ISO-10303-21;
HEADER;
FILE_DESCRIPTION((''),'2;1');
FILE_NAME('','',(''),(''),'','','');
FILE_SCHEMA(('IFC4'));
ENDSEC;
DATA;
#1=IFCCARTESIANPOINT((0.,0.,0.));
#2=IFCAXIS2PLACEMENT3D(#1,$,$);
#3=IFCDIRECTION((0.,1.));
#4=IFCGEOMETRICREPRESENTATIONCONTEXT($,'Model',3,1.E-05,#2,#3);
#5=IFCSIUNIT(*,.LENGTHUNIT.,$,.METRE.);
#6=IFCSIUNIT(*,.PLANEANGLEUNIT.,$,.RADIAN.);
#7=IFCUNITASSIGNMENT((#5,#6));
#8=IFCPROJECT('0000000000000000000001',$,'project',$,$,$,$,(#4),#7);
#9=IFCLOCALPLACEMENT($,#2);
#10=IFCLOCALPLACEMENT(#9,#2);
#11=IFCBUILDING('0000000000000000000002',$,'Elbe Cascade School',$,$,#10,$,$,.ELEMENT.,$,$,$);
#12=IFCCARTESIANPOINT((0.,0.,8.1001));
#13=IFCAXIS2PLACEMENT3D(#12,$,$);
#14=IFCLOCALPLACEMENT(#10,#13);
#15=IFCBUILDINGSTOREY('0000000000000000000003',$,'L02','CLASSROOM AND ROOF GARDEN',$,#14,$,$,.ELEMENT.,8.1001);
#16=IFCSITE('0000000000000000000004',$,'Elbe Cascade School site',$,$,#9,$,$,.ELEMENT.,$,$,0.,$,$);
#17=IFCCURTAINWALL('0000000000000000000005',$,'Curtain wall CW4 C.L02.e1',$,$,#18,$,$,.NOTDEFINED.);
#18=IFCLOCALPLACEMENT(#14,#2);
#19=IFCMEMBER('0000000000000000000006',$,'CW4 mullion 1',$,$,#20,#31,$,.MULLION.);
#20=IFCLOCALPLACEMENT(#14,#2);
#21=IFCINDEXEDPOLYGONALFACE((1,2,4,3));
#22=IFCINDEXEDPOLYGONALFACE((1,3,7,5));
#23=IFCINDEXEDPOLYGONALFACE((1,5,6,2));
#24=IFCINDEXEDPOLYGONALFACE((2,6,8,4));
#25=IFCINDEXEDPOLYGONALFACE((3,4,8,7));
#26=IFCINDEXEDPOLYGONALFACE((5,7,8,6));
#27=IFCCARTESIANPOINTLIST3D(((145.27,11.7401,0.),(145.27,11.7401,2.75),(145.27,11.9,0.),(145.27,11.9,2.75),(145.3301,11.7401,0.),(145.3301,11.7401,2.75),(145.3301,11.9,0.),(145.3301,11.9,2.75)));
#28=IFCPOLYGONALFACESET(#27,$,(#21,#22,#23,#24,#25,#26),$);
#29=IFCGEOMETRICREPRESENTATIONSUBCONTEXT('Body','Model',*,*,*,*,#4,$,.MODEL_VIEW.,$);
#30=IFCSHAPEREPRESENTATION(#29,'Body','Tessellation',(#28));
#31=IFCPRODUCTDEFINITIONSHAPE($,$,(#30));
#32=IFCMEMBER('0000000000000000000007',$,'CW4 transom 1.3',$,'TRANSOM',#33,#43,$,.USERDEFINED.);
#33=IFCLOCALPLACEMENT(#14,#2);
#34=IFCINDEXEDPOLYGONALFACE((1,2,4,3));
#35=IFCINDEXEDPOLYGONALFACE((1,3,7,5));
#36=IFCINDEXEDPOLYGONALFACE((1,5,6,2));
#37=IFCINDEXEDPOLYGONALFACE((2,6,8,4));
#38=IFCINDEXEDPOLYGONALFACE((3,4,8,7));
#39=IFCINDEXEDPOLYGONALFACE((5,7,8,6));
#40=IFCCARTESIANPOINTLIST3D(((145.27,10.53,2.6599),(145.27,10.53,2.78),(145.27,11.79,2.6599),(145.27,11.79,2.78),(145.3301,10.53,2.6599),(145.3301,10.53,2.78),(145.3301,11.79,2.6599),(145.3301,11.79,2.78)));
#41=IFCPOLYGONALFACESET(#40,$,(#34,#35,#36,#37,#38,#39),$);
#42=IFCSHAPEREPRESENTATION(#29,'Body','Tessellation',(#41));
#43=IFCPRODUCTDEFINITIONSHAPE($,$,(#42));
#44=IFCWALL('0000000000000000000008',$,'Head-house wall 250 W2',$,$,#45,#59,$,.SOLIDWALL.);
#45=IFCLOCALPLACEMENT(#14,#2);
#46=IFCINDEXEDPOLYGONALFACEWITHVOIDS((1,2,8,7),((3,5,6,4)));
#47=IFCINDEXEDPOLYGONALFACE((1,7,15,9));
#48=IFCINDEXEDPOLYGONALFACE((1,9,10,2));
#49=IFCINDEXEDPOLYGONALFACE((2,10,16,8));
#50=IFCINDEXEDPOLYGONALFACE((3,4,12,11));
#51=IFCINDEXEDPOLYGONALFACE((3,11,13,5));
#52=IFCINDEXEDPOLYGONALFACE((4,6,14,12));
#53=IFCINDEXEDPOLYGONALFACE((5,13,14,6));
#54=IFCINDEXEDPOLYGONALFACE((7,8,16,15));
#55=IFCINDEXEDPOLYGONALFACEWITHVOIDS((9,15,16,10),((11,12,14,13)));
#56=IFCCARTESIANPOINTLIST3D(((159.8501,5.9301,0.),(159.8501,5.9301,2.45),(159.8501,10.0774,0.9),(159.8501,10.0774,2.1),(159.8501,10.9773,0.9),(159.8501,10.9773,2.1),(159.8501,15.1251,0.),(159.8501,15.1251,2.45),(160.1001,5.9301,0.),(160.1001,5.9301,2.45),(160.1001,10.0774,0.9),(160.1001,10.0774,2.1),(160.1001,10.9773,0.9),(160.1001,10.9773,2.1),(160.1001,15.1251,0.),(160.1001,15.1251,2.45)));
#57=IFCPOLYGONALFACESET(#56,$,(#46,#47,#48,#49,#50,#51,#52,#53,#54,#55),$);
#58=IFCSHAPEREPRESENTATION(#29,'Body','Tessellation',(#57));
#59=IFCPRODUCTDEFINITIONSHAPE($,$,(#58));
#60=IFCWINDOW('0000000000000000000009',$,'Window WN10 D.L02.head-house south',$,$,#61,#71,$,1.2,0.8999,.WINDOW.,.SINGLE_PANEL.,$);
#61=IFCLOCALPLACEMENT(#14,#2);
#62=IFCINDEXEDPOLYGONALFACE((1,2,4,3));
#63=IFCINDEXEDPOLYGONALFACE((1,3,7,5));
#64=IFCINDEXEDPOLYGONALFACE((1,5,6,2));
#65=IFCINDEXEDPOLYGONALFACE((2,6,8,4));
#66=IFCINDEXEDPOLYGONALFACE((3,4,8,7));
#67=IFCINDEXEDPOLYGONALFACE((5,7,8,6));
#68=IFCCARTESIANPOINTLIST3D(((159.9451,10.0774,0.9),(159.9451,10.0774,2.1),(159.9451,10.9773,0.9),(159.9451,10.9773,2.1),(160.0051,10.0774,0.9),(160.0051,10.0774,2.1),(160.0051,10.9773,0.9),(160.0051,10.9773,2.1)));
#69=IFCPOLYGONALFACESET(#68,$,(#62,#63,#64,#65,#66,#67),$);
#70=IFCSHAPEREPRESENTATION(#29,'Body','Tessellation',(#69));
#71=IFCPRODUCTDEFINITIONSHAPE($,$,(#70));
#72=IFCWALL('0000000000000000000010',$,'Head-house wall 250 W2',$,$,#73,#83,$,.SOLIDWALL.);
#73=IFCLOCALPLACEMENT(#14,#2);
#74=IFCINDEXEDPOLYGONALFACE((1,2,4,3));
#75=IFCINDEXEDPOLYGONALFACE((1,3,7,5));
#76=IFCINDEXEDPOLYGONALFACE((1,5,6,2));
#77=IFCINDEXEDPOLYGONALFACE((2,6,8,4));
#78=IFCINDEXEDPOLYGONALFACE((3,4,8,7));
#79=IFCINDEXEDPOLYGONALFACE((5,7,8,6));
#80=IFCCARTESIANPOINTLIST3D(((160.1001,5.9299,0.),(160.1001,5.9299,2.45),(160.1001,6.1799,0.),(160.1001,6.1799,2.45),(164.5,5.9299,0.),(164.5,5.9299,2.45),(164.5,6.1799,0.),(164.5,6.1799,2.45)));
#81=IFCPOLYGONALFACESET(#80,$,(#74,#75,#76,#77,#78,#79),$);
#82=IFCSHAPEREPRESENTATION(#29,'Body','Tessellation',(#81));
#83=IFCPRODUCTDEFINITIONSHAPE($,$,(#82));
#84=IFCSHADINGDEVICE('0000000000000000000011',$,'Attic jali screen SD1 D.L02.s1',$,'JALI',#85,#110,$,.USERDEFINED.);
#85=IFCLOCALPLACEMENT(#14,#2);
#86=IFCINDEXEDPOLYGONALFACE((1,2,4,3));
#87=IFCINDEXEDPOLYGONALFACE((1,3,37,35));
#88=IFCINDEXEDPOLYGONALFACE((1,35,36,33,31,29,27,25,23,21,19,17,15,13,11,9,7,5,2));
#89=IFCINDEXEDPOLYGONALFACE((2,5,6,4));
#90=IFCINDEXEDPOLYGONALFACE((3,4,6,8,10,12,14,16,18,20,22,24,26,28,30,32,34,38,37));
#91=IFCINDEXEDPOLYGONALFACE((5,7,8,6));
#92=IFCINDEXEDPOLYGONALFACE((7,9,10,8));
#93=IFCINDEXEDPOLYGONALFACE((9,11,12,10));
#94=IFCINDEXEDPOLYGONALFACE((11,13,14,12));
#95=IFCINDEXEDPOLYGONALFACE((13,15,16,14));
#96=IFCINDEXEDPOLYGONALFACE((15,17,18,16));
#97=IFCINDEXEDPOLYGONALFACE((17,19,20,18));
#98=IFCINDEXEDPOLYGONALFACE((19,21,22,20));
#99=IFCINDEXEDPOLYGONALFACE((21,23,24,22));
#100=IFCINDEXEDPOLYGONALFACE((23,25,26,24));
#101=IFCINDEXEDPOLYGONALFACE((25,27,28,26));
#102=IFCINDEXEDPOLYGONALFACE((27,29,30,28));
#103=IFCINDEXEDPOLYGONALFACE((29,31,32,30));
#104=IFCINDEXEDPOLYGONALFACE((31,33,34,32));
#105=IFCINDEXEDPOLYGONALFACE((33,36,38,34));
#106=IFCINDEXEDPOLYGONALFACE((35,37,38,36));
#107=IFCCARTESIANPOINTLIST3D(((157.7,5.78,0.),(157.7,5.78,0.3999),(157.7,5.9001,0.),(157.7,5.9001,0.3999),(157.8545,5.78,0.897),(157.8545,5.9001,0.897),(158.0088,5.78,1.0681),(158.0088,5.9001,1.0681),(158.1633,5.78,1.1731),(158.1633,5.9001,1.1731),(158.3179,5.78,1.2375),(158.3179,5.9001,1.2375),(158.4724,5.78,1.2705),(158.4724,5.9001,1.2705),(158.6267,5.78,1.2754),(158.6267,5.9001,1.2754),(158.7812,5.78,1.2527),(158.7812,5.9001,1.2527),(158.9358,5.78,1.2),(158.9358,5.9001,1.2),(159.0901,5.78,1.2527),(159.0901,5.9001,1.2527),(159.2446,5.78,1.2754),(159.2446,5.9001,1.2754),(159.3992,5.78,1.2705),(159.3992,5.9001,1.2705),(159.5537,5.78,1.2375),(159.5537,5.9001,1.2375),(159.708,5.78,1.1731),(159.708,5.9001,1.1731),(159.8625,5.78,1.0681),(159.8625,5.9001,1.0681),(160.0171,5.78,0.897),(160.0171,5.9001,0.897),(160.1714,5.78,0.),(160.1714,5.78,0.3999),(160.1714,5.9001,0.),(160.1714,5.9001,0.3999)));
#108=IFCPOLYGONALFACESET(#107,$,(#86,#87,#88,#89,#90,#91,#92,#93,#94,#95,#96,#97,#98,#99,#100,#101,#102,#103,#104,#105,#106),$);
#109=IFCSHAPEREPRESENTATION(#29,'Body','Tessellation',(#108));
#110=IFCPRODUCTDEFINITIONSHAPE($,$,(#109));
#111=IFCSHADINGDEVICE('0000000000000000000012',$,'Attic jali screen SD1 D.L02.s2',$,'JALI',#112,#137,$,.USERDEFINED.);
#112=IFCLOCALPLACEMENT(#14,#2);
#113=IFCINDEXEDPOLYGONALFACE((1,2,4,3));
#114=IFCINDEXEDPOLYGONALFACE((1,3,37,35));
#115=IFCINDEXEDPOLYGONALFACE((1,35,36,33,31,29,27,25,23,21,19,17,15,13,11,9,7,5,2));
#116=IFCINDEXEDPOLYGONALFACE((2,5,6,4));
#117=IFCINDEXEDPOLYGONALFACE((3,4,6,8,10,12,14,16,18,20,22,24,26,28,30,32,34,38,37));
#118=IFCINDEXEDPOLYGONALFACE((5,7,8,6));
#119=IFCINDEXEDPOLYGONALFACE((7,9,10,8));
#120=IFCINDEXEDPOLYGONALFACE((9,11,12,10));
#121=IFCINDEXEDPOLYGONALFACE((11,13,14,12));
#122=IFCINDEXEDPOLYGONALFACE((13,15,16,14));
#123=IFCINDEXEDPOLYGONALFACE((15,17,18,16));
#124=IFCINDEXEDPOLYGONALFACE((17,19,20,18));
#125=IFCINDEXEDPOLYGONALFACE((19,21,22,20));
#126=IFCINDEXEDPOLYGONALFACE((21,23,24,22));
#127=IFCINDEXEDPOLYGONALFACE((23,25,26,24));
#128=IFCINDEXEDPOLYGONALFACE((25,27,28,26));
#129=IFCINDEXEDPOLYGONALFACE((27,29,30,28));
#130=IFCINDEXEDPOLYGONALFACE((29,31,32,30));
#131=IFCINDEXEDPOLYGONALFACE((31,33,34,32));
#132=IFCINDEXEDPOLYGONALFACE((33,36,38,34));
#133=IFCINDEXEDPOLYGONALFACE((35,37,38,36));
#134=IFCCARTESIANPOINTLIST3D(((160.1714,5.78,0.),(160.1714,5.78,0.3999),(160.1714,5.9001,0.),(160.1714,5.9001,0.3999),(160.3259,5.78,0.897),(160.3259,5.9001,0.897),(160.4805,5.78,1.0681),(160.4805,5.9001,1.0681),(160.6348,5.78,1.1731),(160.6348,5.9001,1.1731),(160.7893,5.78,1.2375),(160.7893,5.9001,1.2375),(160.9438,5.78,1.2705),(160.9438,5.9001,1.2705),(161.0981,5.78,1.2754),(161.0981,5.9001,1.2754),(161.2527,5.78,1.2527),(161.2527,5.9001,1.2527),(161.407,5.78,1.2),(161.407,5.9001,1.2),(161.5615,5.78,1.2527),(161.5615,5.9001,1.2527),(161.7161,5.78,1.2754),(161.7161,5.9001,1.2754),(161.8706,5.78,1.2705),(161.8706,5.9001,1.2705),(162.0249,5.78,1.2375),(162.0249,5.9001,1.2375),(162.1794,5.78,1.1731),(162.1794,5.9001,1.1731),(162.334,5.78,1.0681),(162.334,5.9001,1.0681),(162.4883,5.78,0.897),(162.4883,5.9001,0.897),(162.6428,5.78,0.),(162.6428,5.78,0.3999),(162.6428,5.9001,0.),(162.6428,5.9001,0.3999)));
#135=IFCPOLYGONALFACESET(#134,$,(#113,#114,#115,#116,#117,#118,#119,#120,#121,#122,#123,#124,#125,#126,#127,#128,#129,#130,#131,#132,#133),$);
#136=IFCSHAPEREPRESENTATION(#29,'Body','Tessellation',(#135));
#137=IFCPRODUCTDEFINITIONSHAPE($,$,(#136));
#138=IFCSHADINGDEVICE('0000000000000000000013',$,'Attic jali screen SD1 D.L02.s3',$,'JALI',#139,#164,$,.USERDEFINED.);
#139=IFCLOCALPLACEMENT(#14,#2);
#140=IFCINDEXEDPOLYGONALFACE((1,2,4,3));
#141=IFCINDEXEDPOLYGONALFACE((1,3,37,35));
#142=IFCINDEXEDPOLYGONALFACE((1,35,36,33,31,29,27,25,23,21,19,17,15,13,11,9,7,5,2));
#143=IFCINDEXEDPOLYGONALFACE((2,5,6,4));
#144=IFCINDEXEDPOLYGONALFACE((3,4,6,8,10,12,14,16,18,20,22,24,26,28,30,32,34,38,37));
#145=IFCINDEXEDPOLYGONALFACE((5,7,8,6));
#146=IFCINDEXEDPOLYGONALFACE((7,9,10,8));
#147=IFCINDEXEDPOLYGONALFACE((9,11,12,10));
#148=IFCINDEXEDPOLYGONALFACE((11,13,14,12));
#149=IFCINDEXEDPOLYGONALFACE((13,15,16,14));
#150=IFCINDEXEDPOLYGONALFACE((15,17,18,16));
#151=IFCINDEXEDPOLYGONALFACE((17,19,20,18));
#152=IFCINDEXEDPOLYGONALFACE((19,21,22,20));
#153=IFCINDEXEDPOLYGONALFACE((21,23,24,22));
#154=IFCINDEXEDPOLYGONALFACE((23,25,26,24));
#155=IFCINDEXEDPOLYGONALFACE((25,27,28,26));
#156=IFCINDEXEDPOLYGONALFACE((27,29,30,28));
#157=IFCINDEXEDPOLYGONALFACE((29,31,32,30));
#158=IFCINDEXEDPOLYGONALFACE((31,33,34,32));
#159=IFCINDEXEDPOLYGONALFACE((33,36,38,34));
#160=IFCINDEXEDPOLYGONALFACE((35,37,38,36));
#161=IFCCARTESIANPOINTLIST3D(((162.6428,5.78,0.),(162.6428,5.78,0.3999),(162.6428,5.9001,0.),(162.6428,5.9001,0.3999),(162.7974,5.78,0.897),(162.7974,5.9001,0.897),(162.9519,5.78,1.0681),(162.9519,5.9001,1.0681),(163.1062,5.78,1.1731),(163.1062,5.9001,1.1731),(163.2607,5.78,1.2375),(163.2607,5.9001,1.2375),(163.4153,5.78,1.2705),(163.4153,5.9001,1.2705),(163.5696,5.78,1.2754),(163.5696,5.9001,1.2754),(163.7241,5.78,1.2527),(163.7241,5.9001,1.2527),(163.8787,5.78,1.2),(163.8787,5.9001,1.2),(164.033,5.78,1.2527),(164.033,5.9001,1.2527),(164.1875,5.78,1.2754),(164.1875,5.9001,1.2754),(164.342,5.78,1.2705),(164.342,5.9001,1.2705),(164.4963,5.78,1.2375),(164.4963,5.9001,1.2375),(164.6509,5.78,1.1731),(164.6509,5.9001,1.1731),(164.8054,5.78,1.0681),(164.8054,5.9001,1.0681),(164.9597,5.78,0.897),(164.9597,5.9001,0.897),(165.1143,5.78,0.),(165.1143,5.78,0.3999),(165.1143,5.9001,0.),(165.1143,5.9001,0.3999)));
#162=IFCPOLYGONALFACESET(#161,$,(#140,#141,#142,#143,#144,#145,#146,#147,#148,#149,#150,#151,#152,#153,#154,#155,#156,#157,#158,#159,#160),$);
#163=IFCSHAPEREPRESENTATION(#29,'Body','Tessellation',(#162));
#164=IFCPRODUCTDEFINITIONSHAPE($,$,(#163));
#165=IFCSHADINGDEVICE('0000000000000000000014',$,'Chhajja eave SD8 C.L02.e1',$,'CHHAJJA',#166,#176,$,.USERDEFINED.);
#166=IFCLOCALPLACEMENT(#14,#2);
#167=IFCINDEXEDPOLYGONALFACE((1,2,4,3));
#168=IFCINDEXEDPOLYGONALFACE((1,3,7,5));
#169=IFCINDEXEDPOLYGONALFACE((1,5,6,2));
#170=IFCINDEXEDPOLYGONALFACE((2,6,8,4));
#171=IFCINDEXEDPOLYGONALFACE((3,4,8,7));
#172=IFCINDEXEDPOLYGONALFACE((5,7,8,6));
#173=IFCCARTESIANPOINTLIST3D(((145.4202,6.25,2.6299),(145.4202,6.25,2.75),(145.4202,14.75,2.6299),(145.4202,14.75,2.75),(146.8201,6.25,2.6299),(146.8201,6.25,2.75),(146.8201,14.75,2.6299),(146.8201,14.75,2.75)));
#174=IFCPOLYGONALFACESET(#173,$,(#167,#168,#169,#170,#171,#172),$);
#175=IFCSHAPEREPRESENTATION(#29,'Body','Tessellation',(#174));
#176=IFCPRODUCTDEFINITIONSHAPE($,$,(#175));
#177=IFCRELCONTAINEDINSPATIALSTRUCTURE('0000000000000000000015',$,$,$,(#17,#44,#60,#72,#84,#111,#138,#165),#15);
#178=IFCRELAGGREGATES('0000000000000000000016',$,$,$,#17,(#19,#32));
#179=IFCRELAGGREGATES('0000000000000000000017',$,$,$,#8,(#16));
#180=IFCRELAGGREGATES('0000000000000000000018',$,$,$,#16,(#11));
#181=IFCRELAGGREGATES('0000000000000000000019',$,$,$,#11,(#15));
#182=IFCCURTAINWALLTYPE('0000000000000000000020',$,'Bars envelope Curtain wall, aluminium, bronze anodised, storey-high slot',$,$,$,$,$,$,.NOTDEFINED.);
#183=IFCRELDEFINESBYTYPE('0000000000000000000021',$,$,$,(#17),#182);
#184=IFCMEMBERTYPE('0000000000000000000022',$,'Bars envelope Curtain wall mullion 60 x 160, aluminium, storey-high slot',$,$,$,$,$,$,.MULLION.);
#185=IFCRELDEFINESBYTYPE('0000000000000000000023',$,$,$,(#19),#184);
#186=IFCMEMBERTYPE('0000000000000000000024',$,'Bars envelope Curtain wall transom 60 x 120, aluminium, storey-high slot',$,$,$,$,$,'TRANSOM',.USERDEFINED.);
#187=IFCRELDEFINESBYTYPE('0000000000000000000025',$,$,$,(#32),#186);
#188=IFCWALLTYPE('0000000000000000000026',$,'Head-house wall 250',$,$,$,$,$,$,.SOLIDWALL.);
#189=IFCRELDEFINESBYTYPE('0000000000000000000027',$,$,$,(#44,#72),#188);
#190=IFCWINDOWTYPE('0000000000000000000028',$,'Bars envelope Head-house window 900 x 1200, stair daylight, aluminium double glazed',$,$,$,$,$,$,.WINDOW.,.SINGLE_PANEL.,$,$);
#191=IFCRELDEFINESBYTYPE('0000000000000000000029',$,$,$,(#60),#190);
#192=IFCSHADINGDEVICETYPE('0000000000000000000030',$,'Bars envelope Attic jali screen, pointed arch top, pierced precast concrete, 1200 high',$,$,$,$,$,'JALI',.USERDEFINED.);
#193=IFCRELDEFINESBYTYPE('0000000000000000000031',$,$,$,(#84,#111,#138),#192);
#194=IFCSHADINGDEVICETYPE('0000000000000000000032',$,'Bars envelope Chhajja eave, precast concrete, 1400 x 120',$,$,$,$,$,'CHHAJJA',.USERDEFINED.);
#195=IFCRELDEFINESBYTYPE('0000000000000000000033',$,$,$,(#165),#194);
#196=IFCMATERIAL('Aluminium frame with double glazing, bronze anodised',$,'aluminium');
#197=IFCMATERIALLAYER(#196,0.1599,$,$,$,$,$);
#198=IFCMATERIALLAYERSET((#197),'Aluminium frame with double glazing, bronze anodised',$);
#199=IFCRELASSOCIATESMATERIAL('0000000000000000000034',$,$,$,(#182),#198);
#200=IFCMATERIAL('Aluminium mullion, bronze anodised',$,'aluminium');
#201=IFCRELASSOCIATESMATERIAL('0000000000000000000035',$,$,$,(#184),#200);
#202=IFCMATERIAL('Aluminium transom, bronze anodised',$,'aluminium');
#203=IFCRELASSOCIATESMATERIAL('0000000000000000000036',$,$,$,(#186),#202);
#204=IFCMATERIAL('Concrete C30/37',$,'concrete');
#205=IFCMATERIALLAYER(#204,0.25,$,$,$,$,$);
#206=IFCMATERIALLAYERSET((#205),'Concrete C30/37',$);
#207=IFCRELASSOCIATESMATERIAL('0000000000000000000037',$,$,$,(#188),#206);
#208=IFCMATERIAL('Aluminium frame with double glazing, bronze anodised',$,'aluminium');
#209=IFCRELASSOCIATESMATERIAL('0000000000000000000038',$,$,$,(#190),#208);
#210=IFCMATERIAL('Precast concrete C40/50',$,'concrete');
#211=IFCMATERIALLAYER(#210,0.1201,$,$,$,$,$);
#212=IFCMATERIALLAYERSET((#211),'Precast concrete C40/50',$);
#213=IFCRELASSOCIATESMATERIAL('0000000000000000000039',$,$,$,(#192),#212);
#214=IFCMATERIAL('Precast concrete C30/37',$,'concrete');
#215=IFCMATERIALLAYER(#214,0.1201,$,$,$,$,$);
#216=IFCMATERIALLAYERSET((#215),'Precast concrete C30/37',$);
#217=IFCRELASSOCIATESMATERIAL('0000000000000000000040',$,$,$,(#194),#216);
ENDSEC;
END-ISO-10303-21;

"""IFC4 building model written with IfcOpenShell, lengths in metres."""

from ifc_helpers import new_model, si_unit, direction, frame, frame_2d, origin, origin_2d, place, context, subcontext, project, spatial, polyline, rectangle, outline, extrude, material, layer, layer_set, material_profile, profile_set, type_object, element, fill, aggregate, save


model = new_model("IFC4")

# Units and contexts
model_context = context("Model", 3, precision=1e-05, world=origin(), true_north=direction((0.0, 1.0)))
body_context = subcontext(model_context, "Body", "Model", "MODEL_VIEW")
ifc_project = project(units=[si_unit("LENGTHUNIT", "METRE"), si_unit("PLANEANGLEUNIT", "RADIAN")], contexts=[model_context])

# Site, building, storey
site_placement = place(None, origin())
site = spatial("IfcSite", under=ifc_project, at=site_placement, Name="Elbe Cascade School site", CompositionType="ELEMENT", RefElevation=0.0)
building_placement = place(site_placement, origin())
building = spatial("IfcBuilding", under=site, at=building_placement, Name="Elbe Cascade School", CompositionType="ELEMENT")
storey_placement = place(building_placement, frame((0.0, 0.0, 8.1001)))
storey = spatial("IfcBuildingStorey", under=building, at=storey_placement, Name="L02", Description="CLASSROOM AND ROOF GARDEN", CompositionType="ELEMENT", Elevation=8.1001)

# Curtain wall, members
ifc_material_1 = material(Name="Aluminium frame with double glazing, bronze anodised", Category="aluminium")
ifc_layer_1 = layer(ifc_material_1, 0.1599)
ifc_layer_set_1 = layer_set([ifc_layer_1], Name="Aluminium frame with double glazing, bronze anodised")
curtain_wall_type = type_object("IfcCurtainWallType", Name="Bars envelope Curtain wall, aluminium, bronze anodised, storey-high slot", PredefinedType="NOTDEFINED", material=ifc_layer_set_1)
curtain_wall_placement = place(storey_placement, origin())
curtain_wall = element("IfcCurtainWall", 1, at=curtain_wall_placement, inside=storey, type_object=curtain_wall_type, Name="Curtain wall CW4 C.L02.e1", PredefinedType="NOTDEFINED")
ifc_material_2 = material(Name="Aluminium mullion, bronze anodised", Category="aluminium")
ifc_material_profile_1 = material_profile(ifc_material_2, rectangle(XDim=0.0601, YDim=0.1599, at=origin_2d()), Name="Bars envelope Curtain wall mullion 60 x 160, aluminium, storey-high slot")
ifc_profile_set_1 = profile_set([ifc_material_profile_1], Name="Aluminium mullion, bronze anodised")
member_type_1 = type_object("IfcMemberType", Name="Bars envelope Curtain wall mullion 60 x 160, aluminium, storey-high slot", PredefinedType="MULLION", material=ifc_profile_set_1)
member_1_placement = place(storey_placement, frame((145.3, 11.8201, 0.0), z_axis=(0.0, 0.0, 1.0), x_axis=(1.0, 0.0, 0.0)))
member_1 = element("IfcMember", 2, at=member_1_placement, type_object=member_type_1, Name="CW4 mullion 1", PredefinedType="MULLION", context=body_context, shape_type="SweptSolid", body=[
    extrude(rectangle(XDim=0.0601, YDim=0.1599, at=origin_2d()), origin(), (0.0, 0.0, 1.0), 2.75),
])
ifc_material_3 = material(Name="Aluminium transom, bronze anodised", Category="aluminium")
ifc_material_profile_2 = material_profile(ifc_material_3, rectangle(XDim=0.0601, YDim=0.1201, at=origin_2d()), Name="Bars envelope Curtain wall transom 60 x 120, aluminium, storey-high slot")
ifc_profile_set_2 = profile_set([ifc_material_profile_2], Name="Aluminium transom, bronze anodised")
member_type_2 = type_object("IfcMemberType", Name="Bars envelope Curtain wall transom 60 x 120, aluminium, storey-high slot", ElementType="TRANSOM", PredefinedType="USERDEFINED", material=ifc_profile_set_2)
member_2_placement = place(storey_placement, frame((145.3, 11.79, 2.72), z_axis=(0.0, -1.0, 0.0), x_axis=(1.0, 0.0, 0.0)))
member_2 = element("IfcMember", 3, at=member_2_placement, type_object=member_type_2, Name="CW4 transom 1.3", ObjectType="TRANSOM", PredefinedType="USERDEFINED", context=body_context, shape_type="SweptSolid", body=[
    extrude(rectangle(XDim=0.0601, YDim=0.1201, at=origin_2d()), origin(), (0.0, 0.0, 1.0), 1.26),
])
aggregate(curtain_wall, [member_1, member_2])

# Wall, opening, window
ifc_material_4 = material(Name="Concrete C30/37", Category="concrete")
ifc_layer_2 = layer(ifc_material_4, 0.25)
ifc_layer_set_2 = layer_set([ifc_layer_2], Name="Concrete C30/37")
wall_type = type_object("IfcWallType", Name="Head-house wall 250", PredefinedType="SOLIDWALL", material=ifc_layer_set_2)
wall_1_placement = place(storey_placement, frame((159.9751, 5.9299, 0.0), z_axis=(0.0, 0.0, 1.0), x_axis=(0.0, 1.0, 0.0)))
wall_1 = element("IfcWall", 4, at=wall_1_placement, inside=storey, type_object=wall_type, Name="Head-house wall 250 W2", PredefinedType="SOLIDWALL", context=body_context, shape_type="SweptSolid", body=[
    extrude(rectangle(XDim=9.1951, YDim=0.25, at=frame_2d((4.5977, 0.0))), origin(), (0.0, 0.0, 1.0), 2.45),
])
opening_placement = place(wall_1_placement, frame((4.1475, 0.0, 0.8999)))
opening = element("IfcOpeningElement", 5, at=opening_placement, cuts=wall_1, PredefinedType="OPENING", context=body_context, shape_type="SweptSolid", body=[
    extrude(rectangle(XDim=0.8999, YDim=1.2, at=frame_2d((0.45, 0.6001))), frame((0.0, 0.135, 0.0), z_axis=(0.0, -1.0, 0.0), x_axis=(1.0, 0.0, 0.0)), (0.0, 0.0, 1.0), 0.27),
])
ifc_material_5 = material(Name="Aluminium frame with double glazing, bronze anodised", Category="aluminium")
window_type = type_object("IfcWindowType", Name="Bars envelope Head-house window 900 x 1200, stair daylight, aluminium double glazed", PartitioningType="SINGLE_PANEL", PredefinedType="WINDOW", material=ifc_material_5)
window_placement = place(opening_placement, origin())
window = element("IfcWindow", 6, at=window_placement, inside=storey, type_object=window_type, Name="Window WN10 D.L02.head-house south", OverallHeight=1.2, OverallWidth=0.8999, PartitioningType="SINGLE_PANEL", PredefinedType="WINDOW", context=body_context, shape_type="SweptSolid", body=[
    extrude(rectangle(XDim=0.8999, YDim=1.2, at=frame_2d((0.45, 0.6001))), frame((0.0, 0.03, 0.0), z_axis=(0.0, -1.0, 0.0), x_axis=(1.0, 0.0, 0.0)), (0.0, 0.0, 1.0), 0.0601),
])
fill(opening, window)

# Wall
wall_2_placement = place(storey_placement, frame((160.1001, 6.0549, 0.0), z_axis=(0.0, 0.0, 1.0), x_axis=(1.0, 0.0, 0.0)))
element("IfcWall", 7, at=wall_2_placement, inside=storey, type_object=wall_type, Name="Head-house wall 250 W2", PredefinedType="SOLIDWALL", context=body_context, shape_type="SweptSolid", body=[
    extrude(rectangle(XDim=4.3999, YDim=0.25, at=frame_2d((2.2, 0.0))), origin(), (0.0, 0.0, 1.0), 2.45),
])

# Shading devices
ifc_material_6 = material(Name="Precast concrete C40/50", Category="concrete")
ifc_layer_3 = layer(ifc_material_6, 0.1201)
ifc_layer_set_3 = layer_set([ifc_layer_3], Name="Precast concrete C40/50")
shading_device_type_1 = type_object("IfcShadingDeviceType", Name="Bars envelope Attic jali screen, pointed arch top, pierced precast concrete, 1200 high", ElementType="JALI", PredefinedType="USERDEFINED", material=ifc_layer_set_3)
shading_device_1_placement = place(storey_placement, frame((157.7, 5.78, 0.0), z_axis=(0.0, -1.0, 0.0), x_axis=(1.0, 0.0, 0.0)))
element("IfcShadingDevice", 8, at=shading_device_1_placement, inside=storey, type_object=shading_device_type_1, Name="Attic jali screen SD1 D.L02.s1", ObjectType="JALI", PredefinedType="USERDEFINED", context=body_context, shape_type="SweptSolid", body=[
    extrude(outline(polyline([(0.0, 0.0), (2.4714, 0.0), (2.4714, 0.3999), (2.3171, 0.897), (2.1626, 1.0681), (2.0081, 1.1731), (1.8538, 1.2375), (1.6992, 1.2705), (1.5447, 1.2754), (1.3901, 1.2527), (1.2358, 1.2), (1.0813, 1.2527), (0.9268, 1.2754), (0.7725, 1.2705), (0.6179, 1.2375), (0.4634, 1.1731), (0.3088, 1.0681), (0.1545, 0.897), (0.0, 0.3999), (0.0, 0.0)])), origin(), (0.0, 0.0, -1.0), 0.1201),
])
shading_device_2_placement = place(storey_placement, frame((160.1714, 5.78, 0.0), z_axis=(0.0, -1.0, 0.0), x_axis=(1.0, 0.0, 0.0)))
element("IfcShadingDevice", 9, at=shading_device_2_placement, inside=storey, type_object=shading_device_type_1, Name="Attic jali screen SD1 D.L02.s2", ObjectType="JALI", PredefinedType="USERDEFINED", context=body_context, shape_type="SweptSolid", body=[
    extrude(outline(polyline([(0.0, 0.0), (2.4714, 0.0), (2.4714, 0.3999), (2.3169, 0.897), (2.1626, 1.0681), (2.0081, 1.1731), (1.8535, 1.2375), (1.6992, 1.2705), (1.5447, 1.2754), (1.3901, 1.2527), (1.2356, 1.2), (1.0813, 1.2527), (0.9268, 1.2754), (0.7725, 1.2705), (0.6179, 1.2375), (0.4634, 1.1731), (0.3091, 1.0681), (0.1545, 0.897), (0.0, 0.3999), (0.0, 0.0)])), origin(), (0.0, 0.0, -1.0), 0.1201),
])
shading_device_3_placement = place(storey_placement, frame((162.6428, 5.78, 0.0), z_axis=(0.0, -1.0, 0.0), x_axis=(1.0, 0.0, 0.0)))
element("IfcShadingDevice", 10, at=shading_device_3_placement, inside=storey, type_object=shading_device_type_1, Name="Attic jali screen SD1 D.L02.s3", ObjectType="JALI", PredefinedType="USERDEFINED", context=body_context, shape_type="SweptSolid", body=[
    extrude(outline(polyline([(0.0, 0.0), (2.4714, 0.0), (2.4714, 0.3999), (2.3169, 0.897), (2.1626, 1.0681), (2.0081, 1.1731), (1.8535, 1.2375), (1.6992, 1.2705), (1.5447, 1.2754), (1.3901, 1.2527), (1.2358, 1.2), (1.0813, 1.2527), (0.9268, 1.2754), (0.7725, 1.2705), (0.6179, 1.2375), (0.4634, 1.1731), (0.3091, 1.0681), (0.1545, 0.897), (0.0, 0.3999), (0.0, 0.0)])), origin(), (0.0, 0.0, -1.0), 0.1201),
])
ifc_material_7 = material(Name="Precast concrete C30/37", Category="concrete")
ifc_layer_4 = layer(ifc_material_7, 0.1201)
ifc_layer_set_4 = layer_set([ifc_layer_4], Name="Precast concrete C30/37")
shading_device_type_2 = type_object("IfcShadingDeviceType", Name="Bars envelope Chhajja eave, precast concrete, 1400 x 120", ElementType="CHHAJJA", PredefinedType="USERDEFINED", material=ifc_layer_set_4)
shading_device_4_placement = place(storey_placement, frame((146.1201, 10.5, 2.6299), z_axis=(0.0, 0.0, 1.0), x_axis=(0.0, 1.0, 0.0)))
element("IfcShadingDevice", 11, at=shading_device_4_placement, inside=storey, type_object=shading_device_type_2, Name="Chhajja eave SD8 C.L02.e1", ObjectType="CHHAJJA", PredefinedType="USERDEFINED", context=body_context, shape_type="SweptSolid", body=[
    extrude(rectangle(XDim=8.5, YDim=1.3999, at=origin_2d()), origin(), (0.0, 0.0, 1.0), 0.1201),
])

save(model, "model.ifc")
